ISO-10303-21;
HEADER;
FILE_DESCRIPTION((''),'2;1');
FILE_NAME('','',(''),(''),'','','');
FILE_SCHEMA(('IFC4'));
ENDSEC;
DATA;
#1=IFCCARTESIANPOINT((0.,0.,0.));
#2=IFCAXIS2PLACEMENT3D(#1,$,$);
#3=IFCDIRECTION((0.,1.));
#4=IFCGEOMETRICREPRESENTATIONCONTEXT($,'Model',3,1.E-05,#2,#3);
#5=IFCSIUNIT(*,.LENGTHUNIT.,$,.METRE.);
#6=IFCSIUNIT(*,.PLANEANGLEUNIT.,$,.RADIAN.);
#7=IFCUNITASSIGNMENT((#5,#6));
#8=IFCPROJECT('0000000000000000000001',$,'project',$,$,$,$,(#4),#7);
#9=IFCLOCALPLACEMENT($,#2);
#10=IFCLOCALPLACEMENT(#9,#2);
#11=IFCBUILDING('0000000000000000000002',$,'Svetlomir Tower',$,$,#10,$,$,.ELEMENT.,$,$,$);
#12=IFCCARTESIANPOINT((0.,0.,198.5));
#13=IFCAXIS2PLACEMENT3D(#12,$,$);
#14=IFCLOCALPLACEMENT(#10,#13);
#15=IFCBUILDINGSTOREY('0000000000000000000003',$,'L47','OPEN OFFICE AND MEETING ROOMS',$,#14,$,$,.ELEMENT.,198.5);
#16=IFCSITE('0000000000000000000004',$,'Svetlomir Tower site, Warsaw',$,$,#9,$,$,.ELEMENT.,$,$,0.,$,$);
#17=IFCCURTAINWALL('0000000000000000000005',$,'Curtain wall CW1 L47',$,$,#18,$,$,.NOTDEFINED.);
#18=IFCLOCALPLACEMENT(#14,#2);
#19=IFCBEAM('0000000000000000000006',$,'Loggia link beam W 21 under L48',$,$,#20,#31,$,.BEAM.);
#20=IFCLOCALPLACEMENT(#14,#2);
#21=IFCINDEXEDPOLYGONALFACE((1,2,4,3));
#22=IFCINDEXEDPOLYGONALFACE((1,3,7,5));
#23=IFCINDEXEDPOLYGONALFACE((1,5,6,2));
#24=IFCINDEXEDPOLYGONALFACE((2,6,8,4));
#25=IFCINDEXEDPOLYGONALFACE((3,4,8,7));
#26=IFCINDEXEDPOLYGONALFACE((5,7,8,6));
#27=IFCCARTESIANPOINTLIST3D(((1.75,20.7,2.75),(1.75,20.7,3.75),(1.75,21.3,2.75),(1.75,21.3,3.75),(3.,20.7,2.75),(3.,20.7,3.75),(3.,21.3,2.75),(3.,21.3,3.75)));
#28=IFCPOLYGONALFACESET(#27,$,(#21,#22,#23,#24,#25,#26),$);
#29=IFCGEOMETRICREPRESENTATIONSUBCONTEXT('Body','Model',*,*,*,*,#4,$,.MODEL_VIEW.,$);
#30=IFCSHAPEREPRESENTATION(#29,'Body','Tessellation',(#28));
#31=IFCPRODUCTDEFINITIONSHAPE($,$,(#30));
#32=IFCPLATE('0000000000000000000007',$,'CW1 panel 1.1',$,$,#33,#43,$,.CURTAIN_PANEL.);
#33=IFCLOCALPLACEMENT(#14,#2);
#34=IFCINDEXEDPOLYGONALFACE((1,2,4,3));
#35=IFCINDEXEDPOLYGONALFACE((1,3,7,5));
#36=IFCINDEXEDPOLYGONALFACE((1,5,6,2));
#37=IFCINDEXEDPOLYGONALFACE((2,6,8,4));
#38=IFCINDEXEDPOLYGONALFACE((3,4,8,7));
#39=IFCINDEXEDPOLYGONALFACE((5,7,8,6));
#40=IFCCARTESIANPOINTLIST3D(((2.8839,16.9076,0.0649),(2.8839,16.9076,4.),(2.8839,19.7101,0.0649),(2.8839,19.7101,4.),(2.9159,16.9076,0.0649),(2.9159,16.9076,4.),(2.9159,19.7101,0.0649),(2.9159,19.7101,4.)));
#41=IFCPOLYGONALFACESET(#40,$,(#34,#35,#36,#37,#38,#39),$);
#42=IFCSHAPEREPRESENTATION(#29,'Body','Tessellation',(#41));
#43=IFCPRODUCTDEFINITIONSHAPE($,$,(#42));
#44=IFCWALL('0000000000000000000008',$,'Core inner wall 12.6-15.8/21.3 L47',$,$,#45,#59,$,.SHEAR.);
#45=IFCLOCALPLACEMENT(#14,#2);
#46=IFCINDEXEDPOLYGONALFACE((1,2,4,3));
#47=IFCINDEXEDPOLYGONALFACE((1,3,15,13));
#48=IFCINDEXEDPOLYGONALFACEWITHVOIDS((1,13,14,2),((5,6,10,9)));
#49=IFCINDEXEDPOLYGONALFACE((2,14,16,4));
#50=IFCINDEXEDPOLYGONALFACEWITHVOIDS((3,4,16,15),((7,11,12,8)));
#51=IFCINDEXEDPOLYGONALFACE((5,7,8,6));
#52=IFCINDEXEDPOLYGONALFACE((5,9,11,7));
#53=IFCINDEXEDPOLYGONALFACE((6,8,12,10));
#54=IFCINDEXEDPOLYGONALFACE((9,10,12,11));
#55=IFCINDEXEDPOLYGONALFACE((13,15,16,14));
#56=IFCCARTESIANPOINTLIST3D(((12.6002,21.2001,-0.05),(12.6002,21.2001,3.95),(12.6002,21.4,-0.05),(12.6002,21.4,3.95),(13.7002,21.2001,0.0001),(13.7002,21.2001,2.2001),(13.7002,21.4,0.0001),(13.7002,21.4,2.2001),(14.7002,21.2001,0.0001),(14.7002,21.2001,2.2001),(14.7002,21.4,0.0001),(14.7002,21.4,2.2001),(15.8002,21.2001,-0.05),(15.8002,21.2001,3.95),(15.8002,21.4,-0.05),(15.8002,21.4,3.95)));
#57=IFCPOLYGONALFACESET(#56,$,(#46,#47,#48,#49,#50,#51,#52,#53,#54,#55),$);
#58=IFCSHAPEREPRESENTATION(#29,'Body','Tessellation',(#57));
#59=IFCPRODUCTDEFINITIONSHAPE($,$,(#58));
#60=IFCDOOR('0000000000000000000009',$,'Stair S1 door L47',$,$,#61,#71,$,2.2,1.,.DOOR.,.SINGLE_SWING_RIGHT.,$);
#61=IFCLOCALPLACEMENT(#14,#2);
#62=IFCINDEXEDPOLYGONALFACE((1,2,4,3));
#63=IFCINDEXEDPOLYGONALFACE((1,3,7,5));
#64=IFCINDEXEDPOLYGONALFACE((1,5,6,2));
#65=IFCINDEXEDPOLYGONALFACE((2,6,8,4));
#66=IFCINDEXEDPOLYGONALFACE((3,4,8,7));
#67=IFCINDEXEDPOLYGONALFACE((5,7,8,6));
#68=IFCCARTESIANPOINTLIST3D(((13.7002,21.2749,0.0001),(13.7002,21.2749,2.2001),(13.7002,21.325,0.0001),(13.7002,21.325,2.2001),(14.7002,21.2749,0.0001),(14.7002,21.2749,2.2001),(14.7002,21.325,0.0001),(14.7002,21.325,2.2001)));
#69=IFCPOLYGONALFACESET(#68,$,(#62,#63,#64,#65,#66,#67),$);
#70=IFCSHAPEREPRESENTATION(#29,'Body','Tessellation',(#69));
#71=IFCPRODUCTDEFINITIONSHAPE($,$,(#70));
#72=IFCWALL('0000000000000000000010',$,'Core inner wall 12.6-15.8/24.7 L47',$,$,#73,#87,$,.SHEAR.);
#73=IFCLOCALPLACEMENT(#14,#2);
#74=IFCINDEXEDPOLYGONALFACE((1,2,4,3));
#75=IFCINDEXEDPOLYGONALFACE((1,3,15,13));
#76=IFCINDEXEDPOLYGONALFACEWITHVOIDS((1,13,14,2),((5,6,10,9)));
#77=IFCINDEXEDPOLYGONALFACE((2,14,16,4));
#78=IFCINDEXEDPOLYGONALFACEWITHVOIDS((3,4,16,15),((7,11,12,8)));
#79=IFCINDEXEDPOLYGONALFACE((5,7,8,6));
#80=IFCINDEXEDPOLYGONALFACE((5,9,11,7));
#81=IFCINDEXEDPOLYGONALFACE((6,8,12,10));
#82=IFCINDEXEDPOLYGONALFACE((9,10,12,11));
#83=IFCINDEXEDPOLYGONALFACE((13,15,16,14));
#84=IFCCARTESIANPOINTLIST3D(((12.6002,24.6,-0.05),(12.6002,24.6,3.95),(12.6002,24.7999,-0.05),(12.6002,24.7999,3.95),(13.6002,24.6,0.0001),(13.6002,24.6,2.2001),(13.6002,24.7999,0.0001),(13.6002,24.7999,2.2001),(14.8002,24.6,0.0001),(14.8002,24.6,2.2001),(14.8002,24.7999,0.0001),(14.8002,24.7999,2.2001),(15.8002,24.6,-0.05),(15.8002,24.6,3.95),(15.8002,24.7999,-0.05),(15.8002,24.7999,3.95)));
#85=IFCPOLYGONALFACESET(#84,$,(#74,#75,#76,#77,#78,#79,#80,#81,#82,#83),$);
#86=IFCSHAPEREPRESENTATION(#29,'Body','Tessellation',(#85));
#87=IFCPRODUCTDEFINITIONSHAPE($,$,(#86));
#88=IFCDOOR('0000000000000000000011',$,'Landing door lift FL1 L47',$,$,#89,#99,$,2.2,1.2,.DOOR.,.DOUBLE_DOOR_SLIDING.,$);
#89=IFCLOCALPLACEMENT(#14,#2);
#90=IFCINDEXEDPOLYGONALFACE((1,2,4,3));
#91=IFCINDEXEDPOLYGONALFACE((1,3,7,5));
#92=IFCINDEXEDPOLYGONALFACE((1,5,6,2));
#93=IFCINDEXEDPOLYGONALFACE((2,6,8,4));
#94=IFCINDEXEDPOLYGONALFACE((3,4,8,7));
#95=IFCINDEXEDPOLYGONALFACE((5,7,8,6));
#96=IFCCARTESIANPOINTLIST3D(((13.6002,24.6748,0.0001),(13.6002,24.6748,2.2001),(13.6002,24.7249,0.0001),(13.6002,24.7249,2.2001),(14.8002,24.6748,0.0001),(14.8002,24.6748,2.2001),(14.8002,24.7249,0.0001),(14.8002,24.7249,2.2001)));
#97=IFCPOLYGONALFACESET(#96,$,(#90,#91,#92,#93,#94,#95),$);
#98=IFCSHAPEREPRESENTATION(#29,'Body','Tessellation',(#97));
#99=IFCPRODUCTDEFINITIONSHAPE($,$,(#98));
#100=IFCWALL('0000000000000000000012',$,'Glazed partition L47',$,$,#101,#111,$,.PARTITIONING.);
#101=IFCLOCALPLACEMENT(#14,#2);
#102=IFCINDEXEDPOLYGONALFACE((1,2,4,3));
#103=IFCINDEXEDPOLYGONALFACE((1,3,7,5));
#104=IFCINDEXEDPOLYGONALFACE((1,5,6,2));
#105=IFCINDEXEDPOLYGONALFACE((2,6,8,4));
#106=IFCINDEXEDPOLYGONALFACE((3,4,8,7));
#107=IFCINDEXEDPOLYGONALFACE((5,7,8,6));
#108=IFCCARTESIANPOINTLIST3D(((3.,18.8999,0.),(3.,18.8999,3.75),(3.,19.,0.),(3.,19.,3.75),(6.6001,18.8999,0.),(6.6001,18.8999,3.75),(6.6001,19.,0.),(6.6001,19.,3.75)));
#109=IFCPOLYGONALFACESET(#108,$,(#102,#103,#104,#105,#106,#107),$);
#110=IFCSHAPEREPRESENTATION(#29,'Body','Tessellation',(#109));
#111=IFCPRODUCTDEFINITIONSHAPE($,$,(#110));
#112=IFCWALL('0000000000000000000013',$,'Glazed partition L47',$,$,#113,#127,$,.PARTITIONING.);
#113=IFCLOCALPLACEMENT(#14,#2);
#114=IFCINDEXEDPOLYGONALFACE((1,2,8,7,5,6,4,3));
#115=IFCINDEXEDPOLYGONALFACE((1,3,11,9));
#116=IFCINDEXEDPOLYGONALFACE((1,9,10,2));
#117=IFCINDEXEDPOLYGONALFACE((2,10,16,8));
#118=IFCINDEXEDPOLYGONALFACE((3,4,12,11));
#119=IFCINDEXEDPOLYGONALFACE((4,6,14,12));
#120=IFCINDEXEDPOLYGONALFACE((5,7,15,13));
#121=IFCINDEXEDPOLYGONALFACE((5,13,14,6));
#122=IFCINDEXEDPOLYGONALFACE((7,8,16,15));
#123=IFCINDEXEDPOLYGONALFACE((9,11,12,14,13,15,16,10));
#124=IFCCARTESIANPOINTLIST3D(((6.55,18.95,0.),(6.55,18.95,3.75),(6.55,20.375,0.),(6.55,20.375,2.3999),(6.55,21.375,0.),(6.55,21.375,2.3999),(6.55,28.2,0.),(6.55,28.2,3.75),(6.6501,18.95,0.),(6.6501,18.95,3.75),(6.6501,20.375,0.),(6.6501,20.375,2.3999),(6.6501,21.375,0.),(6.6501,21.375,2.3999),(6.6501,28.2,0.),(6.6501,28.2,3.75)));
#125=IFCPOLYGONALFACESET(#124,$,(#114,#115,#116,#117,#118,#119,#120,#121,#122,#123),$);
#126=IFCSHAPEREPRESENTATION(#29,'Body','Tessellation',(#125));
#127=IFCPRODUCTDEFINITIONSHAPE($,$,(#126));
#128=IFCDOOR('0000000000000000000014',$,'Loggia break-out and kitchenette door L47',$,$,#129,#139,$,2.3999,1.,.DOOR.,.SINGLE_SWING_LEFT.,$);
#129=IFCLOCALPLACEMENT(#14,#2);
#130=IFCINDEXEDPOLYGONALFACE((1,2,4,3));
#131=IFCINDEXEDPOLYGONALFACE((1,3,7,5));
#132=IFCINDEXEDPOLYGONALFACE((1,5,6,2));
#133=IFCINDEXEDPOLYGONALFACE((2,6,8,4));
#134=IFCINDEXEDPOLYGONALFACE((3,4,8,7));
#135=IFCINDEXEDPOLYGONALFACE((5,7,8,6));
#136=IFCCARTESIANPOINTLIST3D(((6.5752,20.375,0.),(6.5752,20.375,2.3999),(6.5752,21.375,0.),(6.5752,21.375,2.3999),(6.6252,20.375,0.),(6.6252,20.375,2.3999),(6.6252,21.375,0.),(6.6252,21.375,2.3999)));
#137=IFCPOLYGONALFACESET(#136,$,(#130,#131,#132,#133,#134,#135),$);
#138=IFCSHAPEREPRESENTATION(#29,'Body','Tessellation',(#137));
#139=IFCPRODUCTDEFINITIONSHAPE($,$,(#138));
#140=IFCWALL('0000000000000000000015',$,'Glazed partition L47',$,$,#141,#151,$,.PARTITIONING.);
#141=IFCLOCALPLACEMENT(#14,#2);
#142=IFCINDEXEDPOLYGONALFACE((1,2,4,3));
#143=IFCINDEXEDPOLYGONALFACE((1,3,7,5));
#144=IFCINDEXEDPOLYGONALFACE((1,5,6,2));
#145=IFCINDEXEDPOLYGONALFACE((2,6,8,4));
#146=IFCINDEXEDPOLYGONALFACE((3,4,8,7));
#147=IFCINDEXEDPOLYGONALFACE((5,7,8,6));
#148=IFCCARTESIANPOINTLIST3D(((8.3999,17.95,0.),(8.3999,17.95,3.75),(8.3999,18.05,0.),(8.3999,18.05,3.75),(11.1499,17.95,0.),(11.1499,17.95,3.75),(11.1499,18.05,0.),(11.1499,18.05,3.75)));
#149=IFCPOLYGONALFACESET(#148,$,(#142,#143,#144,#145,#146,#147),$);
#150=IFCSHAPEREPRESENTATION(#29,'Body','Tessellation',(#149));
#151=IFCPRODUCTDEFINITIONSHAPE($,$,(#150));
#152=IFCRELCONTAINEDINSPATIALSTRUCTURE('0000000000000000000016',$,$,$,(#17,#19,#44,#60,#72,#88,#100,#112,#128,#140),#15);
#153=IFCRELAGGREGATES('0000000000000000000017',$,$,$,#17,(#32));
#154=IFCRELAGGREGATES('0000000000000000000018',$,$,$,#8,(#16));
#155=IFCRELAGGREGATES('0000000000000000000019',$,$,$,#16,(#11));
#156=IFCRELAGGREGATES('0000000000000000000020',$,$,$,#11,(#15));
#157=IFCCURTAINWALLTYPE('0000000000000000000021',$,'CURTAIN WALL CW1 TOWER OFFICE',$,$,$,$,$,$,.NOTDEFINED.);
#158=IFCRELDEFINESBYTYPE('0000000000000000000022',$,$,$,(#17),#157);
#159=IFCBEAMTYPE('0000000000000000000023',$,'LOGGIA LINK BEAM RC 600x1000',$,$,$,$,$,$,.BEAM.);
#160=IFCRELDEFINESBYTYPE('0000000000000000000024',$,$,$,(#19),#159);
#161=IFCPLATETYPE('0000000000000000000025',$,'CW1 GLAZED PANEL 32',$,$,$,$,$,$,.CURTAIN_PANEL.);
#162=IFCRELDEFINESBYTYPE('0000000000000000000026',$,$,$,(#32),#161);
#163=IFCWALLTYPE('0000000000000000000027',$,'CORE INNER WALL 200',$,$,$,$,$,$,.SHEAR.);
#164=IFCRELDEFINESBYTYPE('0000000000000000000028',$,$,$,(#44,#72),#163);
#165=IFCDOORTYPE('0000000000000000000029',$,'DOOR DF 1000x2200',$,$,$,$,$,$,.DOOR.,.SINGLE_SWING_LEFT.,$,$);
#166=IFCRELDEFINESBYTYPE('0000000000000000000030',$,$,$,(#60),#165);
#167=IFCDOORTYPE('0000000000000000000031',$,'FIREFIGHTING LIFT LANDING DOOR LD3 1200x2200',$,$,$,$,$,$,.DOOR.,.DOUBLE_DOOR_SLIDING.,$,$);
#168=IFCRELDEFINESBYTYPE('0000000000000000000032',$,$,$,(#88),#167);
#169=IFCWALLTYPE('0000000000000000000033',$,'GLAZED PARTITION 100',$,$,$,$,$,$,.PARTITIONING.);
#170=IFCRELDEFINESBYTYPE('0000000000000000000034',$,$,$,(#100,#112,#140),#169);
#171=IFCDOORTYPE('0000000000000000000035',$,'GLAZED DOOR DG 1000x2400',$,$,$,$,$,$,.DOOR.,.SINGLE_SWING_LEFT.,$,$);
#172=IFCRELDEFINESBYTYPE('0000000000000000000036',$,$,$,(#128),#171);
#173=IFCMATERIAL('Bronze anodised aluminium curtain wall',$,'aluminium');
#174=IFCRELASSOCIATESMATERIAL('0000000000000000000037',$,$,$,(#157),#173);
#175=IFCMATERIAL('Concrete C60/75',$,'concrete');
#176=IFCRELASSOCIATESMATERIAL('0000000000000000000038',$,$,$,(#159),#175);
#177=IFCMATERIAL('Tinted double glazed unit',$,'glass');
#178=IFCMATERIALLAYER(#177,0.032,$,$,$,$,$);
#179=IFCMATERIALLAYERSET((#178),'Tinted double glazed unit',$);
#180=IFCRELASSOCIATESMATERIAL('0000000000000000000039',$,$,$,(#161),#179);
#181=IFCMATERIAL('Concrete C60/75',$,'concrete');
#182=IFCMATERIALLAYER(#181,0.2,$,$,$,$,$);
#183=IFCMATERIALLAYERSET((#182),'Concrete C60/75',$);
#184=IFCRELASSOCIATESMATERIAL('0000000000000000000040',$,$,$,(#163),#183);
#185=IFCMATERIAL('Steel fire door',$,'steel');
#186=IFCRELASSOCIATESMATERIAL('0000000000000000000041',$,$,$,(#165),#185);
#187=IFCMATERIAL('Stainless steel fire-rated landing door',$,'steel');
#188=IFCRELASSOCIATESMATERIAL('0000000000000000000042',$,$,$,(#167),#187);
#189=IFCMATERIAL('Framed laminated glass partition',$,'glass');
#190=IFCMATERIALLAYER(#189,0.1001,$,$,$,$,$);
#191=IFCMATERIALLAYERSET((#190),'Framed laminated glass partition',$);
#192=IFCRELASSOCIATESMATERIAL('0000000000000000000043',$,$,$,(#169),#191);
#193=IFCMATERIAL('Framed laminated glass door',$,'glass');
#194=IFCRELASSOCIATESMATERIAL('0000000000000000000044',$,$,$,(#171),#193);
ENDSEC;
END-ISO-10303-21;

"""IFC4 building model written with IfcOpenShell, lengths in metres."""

from ifc_helpers import new_model, si_unit, direction, frame, frame_2d, origin, origin_2d, place, context, subcontext, project, spatial, rectangle, extrude, material, layer, layer_set, material_profile, profile_set, type_object, element, fill, aggregate, save


model = new_model("IFC4")

# Units and contexts
model_context = context("Model", 3, precision=1e-05, world=origin(), true_north=direction((0.0, 1.0)))
body_context = subcontext(model_context, "Body", "Model", "MODEL_VIEW")
ifc_project = project(units=[si_unit("LENGTHUNIT", "METRE"), si_unit("PLANEANGLEUNIT", "RADIAN")], contexts=[model_context])

# Site, building, storey
site_placement = place(None, origin())
site = spatial("IfcSite", under=ifc_project, at=site_placement, Name="Svetlomir Tower site, Warsaw", CompositionType="ELEMENT", RefElevation=0.0)
building_placement = place(site_placement, origin())
building = spatial("IfcBuilding", under=site, at=building_placement, Name="Svetlomir Tower", CompositionType="ELEMENT")
storey_placement = place(building_placement, frame((0.0, 0.0, 198.5)))
storey = spatial("IfcBuildingStorey", under=building, at=storey_placement, Name="L47", Description="OPEN OFFICE AND MEETING ROOMS", CompositionType="ELEMENT", Elevation=198.5)

# Curtain wall
ifc_material_1 = material(Name="Bronze anodised aluminium curtain wall", Category="aluminium")
curtain_wall_type = type_object("IfcCurtainWallType", Name="CURTAIN WALL CW1 TOWER OFFICE", PredefinedType="NOTDEFINED", material=ifc_material_1)
curtain_wall_1_placement = place(storey_placement, origin())
curtain_wall_1 = element("IfcCurtainWall", 1, at=curtain_wall_1_placement, inside=storey, type_object=curtain_wall_type, Name="Curtain wall CW1 L47", PredefinedType="NOTDEFINED")

# Beam
ifc_material_2 = material(Name="Concrete C60/75", Category="concrete")
ifc_material_profile_1 = material_profile(ifc_material_2, rectangle(XDim=0.6001, YDim=1.0, at=origin_2d()), Name="RC 600x1000")
ifc_profile_set_1 = profile_set([ifc_material_profile_1], Name="Concrete C60/75")
beam_type_1 = type_object("IfcBeamType", Name="LOGGIA LINK BEAM RC 600x1000", PredefinedType="BEAM", material=ifc_profile_set_1)
beam_1_placement = place(storey_placement, frame((1.75, 21.0, 3.25), z_axis=(1.0, 0.0, 0.0), x_axis=(0.0, 1.0, 0.0)))
element("IfcBeam", 2, at=beam_1_placement, inside=storey, type_object=beam_type_1, Name="Loggia link beam W 21 under L48", PredefinedType="BEAM", context=body_context, shape_type="SweptSolid", body=[
    extrude(rectangle(XDim=0.6001, YDim=1.0, at=origin_2d()), origin(), (0.0, 0.0, 1.0), 1.25),
])

# Plate
ifc_material_3 = material(Name="Tinted double glazed unit", Category="glass")
ifc_layer_1 = layer(ifc_material_3, 0.032)
ifc_layer_set_1 = layer_set([ifc_layer_1], Name="Tinted double glazed unit")
plate_type = type_object("IfcPlateType", Name="CW1 GLAZED PANEL 32", PredefinedType="CURTAIN_PANEL", material=ifc_layer_set_1)
plate_placement = place(storey_placement, frame((2.8999, 18.3088, 0.0649), z_axis=(0.0, 0.0, 1.0), x_axis=(0.0, -1.0, 0.0)))
plate = element("IfcPlate", 3, at=plate_placement, type_object=plate_type, Name="CW1 panel 1.1", PredefinedType="CURTAIN_PANEL", context=body_context, shape_type="SweptSolid", body=[
    extrude(rectangle(XDim=2.8025, YDim=0.032, at=origin_2d()), origin(), (0.0, 0.0, 1.0), 3.9351),
])
aggregate(curtain_wall_1, [plate])

# Walls, openings, doors
ifc_material_4 = material(Name="Concrete C60/75", Category="concrete")
ifc_layer_2 = layer(ifc_material_4, 0.2)
ifc_layer_set_2 = layer_set([ifc_layer_2], Name="Concrete C60/75")
wall_type_1 = type_object("IfcWallType", Name="CORE INNER WALL 200", PredefinedType="SHEAR", material=ifc_layer_set_2)
wall_1_placement = place(storey_placement, frame((12.6001, 21.3, -0.05), z_axis=(0.0, 0.0, 1.0), x_axis=(1.0, 0.0, 0.0)))
wall_1 = element("IfcWall", 4, at=wall_1_placement, inside=storey, type_object=wall_type_1, Name="Core inner wall 12.6-15.8/21.3 L47", PredefinedType="SHEAR", context=body_context, shape_type="SweptSolid", body=[
    extrude(rectangle(XDim=3.2, YDim=0.2, at=frame_2d((1.6001, 0.0))), origin(), (0.0, 0.0, 1.0), 4.0),
])
opening_1_placement = place(wall_1_placement, frame((1.1001, 0.0, 0.05)))
opening_1 = element("IfcOpeningElement", 5, at=opening_1_placement, cuts=wall_1, PredefinedType="OPENING", context=body_context, shape_type="SweptSolid", body=[
    extrude(rectangle(XDim=1.0, YDim=2.2, at=frame_2d((0.5, 1.1001))), frame((0.0, 0.1099, 0.0), z_axis=(0.0, -1.0, 0.0), x_axis=(1.0, 0.0, 0.0)), (0.0, 0.0, 1.0), 0.22),
])
ifc_material_5 = material(Name="Steel fire door", Category="steel")
door_type_1 = type_object("IfcDoorType", Name="DOOR DF 1000x2200", OperationType="SINGLE_SWING_LEFT", PredefinedType="DOOR", material=ifc_material_5)
door_1_placement = place(opening_1_placement, origin())
door_1 = element("IfcDoor", 6, at=door_1_placement, inside=storey, type_object=door_type_1, Name="Stair S1 door L47", OperationType="SINGLE_SWING_RIGHT", OverallHeight=2.2, OverallWidth=1.0, PredefinedType="DOOR", context=body_context, shape_type="SweptSolid", body=[
    extrude(rectangle(XDim=1.0, YDim=2.2, at=frame_2d((0.5, 1.1001))), frame((0.0, 0.0249, 0.0), z_axis=(0.0, -1.0, 0.0), x_axis=(1.0, 0.0, 0.0)), (0.0, 0.0, 1.0), 0.05),
])
fill(opening_1, door_1)
wall_2_placement = place(storey_placement, frame((12.6001, 24.7, -0.05), z_axis=(0.0, 0.0, 1.0), x_axis=(1.0, 0.0, 0.0)))
wall_2 = element("IfcWall", 7, at=wall_2_placement, inside=storey, type_object=wall_type_1, Name="Core inner wall 12.6-15.8/24.7 L47", PredefinedType="SHEAR", context=body_context, shape_type="SweptSolid", body=[
    extrude(rectangle(XDim=3.2, YDim=0.2, at=frame_2d((1.6001, 0.0))), origin(), (0.0, 0.0, 1.0), 4.0),
])
opening_2_placement = place(wall_2_placement, frame((1.0, 0.0, 0.05)))
opening_2 = element("IfcOpeningElement", 8, at=opening_2_placement, cuts=wall_2, PredefinedType="OPENING", context=body_context, shape_type="SweptSolid", body=[
    extrude(rectangle(XDim=1.2, YDim=2.2, at=frame_2d((0.6001, 1.1001))), frame((0.0, 0.1099, 0.0), z_axis=(0.0, -1.0, 0.0), x_axis=(1.0, 0.0, 0.0)), (0.0, 0.0, 1.0), 0.22),
])
ifc_material_6 = material(Name="Stainless steel fire-rated landing door", Category="steel")
door_type_2 = type_object("IfcDoorType", Name="FIREFIGHTING LIFT LANDING DOOR LD3 1200x2200", OperationType="DOUBLE_DOOR_SLIDING", PredefinedType="DOOR", material=ifc_material_6)
door_2_placement = place(opening_2_placement, origin())
door_2 = element("IfcDoor", 9, at=door_2_placement, inside=storey, type_object=door_type_2, Name="Landing door lift FL1 L47", OperationType="DOUBLE_DOOR_SLIDING", OverallHeight=2.2, OverallWidth=1.2, PredefinedType="DOOR", context=body_context, shape_type="SweptSolid", body=[
    extrude(rectangle(XDim=1.2, YDim=2.2, at=frame_2d((0.6001, 1.1001))), frame((0.0, 0.0249, 0.0), z_axis=(0.0, -1.0, 0.0), x_axis=(1.0, 0.0, 0.0)), (0.0, 0.0, 1.0), 0.05),
])
fill(opening_2, door_2)

# Wall
ifc_material_7 = material(Name="Framed laminated glass partition", Category="glass")
ifc_layer_3 = layer(ifc_material_7, 0.1001)
ifc_layer_set_3 = layer_set([ifc_layer_3], Name="Framed laminated glass partition")
wall_type_2 = type_object("IfcWallType", Name="GLAZED PARTITION 100", PredefinedType="PARTITIONING", material=ifc_layer_set_3)
wall_3_placement = place(storey_placement, frame((3.0, 18.95, 0.0), z_axis=(0.0, 0.0, 1.0), x_axis=(1.0, 0.0, 0.0)))
element("IfcWall", 10, at=wall_3_placement, inside=storey, type_object=wall_type_2, Name="Glazed partition L47", PredefinedType="PARTITIONING", context=body_context, shape_type="SweptSolid", body=[
    extrude(rectangle(XDim=3.6001, YDim=0.1001, at=frame_2d((1.8, 0.0))), origin(), (0.0, 0.0, 1.0), 3.75),
])

# Wall, opening, door
wall_4_placement = place(storey_placement, frame((6.6001, 18.95, 0.0), z_axis=(0.0, 0.0, 1.0), x_axis=(0.0, 1.0, 0.0)))
wall_4 = element("IfcWall", 11, at=wall_4_placement, inside=storey, type_object=wall_type_2, Name="Glazed partition L47", PredefinedType="PARTITIONING", context=body_context, shape_type="SweptSolid", body=[
    extrude(rectangle(XDim=9.25, YDim=0.1001, at=frame_2d((4.625, 0.0))), origin(), (0.0, 0.0, 1.0), 3.75),
])
opening_3_placement = place(wall_4_placement, frame((1.425, 0.0, 0.0)))
opening_3 = element("IfcOpeningElement", 12, at=opening_3_placement, cuts=wall_4, PredefinedType="OPENING", context=body_context, shape_type="SweptSolid", body=[
    extrude(rectangle(XDim=1.0, YDim=2.3999, at=frame_2d((0.5, 1.2))), frame((0.0, 0.0601, 0.0), z_axis=(0.0, -1.0, 0.0), x_axis=(1.0, 0.0, 0.0)), (0.0, 0.0, 1.0), 0.1201),
])
ifc_material_8 = material(Name="Framed laminated glass door", Category="glass")
door_type_3 = type_object("IfcDoorType", Name="GLAZED DOOR DG 1000x2400", OperationType="SINGLE_SWING_LEFT", PredefinedType="DOOR", material=ifc_material_8)
door_3_placement = place(opening_3_placement, origin())
door_3 = element("IfcDoor", 13, at=door_3_placement, inside=storey, type_object=door_type_3, Name="Loggia break-out and kitchenette door L47", OperationType="SINGLE_SWING_LEFT", OverallHeight=2.3999, OverallWidth=1.0, PredefinedType="DOOR", context=body_context, shape_type="SweptSolid", body=[
    extrude(rectangle(XDim=1.0, YDim=2.3999, at=frame_2d((0.5, 1.2))), frame((0.0, 0.0249, 0.0), z_axis=(0.0, -1.0, 0.0), x_axis=(1.0, 0.0, 0.0)), (0.0, 0.0, 1.0), 0.05),
])
fill(opening_3, door_3)

# Wall
wall_5_placement = place(storey_placement, frame((8.3999, 18.0, 0.0), z_axis=(0.0, 0.0, 1.0), x_axis=(1.0, 0.0, 0.0)))
element("IfcWall", 14, at=wall_5_placement, inside=storey, type_object=wall_type_2, Name="Glazed partition L47", PredefinedType="PARTITIONING", context=body_context, shape_type="SweptSolid", body=[
    extrude(rectangle(XDim=2.75, YDim=0.1001, at=frame_2d((1.375, 0.0))), origin(), (0.0, 0.0, 1.0), 3.75),
])

save(model, "model.ifc")
